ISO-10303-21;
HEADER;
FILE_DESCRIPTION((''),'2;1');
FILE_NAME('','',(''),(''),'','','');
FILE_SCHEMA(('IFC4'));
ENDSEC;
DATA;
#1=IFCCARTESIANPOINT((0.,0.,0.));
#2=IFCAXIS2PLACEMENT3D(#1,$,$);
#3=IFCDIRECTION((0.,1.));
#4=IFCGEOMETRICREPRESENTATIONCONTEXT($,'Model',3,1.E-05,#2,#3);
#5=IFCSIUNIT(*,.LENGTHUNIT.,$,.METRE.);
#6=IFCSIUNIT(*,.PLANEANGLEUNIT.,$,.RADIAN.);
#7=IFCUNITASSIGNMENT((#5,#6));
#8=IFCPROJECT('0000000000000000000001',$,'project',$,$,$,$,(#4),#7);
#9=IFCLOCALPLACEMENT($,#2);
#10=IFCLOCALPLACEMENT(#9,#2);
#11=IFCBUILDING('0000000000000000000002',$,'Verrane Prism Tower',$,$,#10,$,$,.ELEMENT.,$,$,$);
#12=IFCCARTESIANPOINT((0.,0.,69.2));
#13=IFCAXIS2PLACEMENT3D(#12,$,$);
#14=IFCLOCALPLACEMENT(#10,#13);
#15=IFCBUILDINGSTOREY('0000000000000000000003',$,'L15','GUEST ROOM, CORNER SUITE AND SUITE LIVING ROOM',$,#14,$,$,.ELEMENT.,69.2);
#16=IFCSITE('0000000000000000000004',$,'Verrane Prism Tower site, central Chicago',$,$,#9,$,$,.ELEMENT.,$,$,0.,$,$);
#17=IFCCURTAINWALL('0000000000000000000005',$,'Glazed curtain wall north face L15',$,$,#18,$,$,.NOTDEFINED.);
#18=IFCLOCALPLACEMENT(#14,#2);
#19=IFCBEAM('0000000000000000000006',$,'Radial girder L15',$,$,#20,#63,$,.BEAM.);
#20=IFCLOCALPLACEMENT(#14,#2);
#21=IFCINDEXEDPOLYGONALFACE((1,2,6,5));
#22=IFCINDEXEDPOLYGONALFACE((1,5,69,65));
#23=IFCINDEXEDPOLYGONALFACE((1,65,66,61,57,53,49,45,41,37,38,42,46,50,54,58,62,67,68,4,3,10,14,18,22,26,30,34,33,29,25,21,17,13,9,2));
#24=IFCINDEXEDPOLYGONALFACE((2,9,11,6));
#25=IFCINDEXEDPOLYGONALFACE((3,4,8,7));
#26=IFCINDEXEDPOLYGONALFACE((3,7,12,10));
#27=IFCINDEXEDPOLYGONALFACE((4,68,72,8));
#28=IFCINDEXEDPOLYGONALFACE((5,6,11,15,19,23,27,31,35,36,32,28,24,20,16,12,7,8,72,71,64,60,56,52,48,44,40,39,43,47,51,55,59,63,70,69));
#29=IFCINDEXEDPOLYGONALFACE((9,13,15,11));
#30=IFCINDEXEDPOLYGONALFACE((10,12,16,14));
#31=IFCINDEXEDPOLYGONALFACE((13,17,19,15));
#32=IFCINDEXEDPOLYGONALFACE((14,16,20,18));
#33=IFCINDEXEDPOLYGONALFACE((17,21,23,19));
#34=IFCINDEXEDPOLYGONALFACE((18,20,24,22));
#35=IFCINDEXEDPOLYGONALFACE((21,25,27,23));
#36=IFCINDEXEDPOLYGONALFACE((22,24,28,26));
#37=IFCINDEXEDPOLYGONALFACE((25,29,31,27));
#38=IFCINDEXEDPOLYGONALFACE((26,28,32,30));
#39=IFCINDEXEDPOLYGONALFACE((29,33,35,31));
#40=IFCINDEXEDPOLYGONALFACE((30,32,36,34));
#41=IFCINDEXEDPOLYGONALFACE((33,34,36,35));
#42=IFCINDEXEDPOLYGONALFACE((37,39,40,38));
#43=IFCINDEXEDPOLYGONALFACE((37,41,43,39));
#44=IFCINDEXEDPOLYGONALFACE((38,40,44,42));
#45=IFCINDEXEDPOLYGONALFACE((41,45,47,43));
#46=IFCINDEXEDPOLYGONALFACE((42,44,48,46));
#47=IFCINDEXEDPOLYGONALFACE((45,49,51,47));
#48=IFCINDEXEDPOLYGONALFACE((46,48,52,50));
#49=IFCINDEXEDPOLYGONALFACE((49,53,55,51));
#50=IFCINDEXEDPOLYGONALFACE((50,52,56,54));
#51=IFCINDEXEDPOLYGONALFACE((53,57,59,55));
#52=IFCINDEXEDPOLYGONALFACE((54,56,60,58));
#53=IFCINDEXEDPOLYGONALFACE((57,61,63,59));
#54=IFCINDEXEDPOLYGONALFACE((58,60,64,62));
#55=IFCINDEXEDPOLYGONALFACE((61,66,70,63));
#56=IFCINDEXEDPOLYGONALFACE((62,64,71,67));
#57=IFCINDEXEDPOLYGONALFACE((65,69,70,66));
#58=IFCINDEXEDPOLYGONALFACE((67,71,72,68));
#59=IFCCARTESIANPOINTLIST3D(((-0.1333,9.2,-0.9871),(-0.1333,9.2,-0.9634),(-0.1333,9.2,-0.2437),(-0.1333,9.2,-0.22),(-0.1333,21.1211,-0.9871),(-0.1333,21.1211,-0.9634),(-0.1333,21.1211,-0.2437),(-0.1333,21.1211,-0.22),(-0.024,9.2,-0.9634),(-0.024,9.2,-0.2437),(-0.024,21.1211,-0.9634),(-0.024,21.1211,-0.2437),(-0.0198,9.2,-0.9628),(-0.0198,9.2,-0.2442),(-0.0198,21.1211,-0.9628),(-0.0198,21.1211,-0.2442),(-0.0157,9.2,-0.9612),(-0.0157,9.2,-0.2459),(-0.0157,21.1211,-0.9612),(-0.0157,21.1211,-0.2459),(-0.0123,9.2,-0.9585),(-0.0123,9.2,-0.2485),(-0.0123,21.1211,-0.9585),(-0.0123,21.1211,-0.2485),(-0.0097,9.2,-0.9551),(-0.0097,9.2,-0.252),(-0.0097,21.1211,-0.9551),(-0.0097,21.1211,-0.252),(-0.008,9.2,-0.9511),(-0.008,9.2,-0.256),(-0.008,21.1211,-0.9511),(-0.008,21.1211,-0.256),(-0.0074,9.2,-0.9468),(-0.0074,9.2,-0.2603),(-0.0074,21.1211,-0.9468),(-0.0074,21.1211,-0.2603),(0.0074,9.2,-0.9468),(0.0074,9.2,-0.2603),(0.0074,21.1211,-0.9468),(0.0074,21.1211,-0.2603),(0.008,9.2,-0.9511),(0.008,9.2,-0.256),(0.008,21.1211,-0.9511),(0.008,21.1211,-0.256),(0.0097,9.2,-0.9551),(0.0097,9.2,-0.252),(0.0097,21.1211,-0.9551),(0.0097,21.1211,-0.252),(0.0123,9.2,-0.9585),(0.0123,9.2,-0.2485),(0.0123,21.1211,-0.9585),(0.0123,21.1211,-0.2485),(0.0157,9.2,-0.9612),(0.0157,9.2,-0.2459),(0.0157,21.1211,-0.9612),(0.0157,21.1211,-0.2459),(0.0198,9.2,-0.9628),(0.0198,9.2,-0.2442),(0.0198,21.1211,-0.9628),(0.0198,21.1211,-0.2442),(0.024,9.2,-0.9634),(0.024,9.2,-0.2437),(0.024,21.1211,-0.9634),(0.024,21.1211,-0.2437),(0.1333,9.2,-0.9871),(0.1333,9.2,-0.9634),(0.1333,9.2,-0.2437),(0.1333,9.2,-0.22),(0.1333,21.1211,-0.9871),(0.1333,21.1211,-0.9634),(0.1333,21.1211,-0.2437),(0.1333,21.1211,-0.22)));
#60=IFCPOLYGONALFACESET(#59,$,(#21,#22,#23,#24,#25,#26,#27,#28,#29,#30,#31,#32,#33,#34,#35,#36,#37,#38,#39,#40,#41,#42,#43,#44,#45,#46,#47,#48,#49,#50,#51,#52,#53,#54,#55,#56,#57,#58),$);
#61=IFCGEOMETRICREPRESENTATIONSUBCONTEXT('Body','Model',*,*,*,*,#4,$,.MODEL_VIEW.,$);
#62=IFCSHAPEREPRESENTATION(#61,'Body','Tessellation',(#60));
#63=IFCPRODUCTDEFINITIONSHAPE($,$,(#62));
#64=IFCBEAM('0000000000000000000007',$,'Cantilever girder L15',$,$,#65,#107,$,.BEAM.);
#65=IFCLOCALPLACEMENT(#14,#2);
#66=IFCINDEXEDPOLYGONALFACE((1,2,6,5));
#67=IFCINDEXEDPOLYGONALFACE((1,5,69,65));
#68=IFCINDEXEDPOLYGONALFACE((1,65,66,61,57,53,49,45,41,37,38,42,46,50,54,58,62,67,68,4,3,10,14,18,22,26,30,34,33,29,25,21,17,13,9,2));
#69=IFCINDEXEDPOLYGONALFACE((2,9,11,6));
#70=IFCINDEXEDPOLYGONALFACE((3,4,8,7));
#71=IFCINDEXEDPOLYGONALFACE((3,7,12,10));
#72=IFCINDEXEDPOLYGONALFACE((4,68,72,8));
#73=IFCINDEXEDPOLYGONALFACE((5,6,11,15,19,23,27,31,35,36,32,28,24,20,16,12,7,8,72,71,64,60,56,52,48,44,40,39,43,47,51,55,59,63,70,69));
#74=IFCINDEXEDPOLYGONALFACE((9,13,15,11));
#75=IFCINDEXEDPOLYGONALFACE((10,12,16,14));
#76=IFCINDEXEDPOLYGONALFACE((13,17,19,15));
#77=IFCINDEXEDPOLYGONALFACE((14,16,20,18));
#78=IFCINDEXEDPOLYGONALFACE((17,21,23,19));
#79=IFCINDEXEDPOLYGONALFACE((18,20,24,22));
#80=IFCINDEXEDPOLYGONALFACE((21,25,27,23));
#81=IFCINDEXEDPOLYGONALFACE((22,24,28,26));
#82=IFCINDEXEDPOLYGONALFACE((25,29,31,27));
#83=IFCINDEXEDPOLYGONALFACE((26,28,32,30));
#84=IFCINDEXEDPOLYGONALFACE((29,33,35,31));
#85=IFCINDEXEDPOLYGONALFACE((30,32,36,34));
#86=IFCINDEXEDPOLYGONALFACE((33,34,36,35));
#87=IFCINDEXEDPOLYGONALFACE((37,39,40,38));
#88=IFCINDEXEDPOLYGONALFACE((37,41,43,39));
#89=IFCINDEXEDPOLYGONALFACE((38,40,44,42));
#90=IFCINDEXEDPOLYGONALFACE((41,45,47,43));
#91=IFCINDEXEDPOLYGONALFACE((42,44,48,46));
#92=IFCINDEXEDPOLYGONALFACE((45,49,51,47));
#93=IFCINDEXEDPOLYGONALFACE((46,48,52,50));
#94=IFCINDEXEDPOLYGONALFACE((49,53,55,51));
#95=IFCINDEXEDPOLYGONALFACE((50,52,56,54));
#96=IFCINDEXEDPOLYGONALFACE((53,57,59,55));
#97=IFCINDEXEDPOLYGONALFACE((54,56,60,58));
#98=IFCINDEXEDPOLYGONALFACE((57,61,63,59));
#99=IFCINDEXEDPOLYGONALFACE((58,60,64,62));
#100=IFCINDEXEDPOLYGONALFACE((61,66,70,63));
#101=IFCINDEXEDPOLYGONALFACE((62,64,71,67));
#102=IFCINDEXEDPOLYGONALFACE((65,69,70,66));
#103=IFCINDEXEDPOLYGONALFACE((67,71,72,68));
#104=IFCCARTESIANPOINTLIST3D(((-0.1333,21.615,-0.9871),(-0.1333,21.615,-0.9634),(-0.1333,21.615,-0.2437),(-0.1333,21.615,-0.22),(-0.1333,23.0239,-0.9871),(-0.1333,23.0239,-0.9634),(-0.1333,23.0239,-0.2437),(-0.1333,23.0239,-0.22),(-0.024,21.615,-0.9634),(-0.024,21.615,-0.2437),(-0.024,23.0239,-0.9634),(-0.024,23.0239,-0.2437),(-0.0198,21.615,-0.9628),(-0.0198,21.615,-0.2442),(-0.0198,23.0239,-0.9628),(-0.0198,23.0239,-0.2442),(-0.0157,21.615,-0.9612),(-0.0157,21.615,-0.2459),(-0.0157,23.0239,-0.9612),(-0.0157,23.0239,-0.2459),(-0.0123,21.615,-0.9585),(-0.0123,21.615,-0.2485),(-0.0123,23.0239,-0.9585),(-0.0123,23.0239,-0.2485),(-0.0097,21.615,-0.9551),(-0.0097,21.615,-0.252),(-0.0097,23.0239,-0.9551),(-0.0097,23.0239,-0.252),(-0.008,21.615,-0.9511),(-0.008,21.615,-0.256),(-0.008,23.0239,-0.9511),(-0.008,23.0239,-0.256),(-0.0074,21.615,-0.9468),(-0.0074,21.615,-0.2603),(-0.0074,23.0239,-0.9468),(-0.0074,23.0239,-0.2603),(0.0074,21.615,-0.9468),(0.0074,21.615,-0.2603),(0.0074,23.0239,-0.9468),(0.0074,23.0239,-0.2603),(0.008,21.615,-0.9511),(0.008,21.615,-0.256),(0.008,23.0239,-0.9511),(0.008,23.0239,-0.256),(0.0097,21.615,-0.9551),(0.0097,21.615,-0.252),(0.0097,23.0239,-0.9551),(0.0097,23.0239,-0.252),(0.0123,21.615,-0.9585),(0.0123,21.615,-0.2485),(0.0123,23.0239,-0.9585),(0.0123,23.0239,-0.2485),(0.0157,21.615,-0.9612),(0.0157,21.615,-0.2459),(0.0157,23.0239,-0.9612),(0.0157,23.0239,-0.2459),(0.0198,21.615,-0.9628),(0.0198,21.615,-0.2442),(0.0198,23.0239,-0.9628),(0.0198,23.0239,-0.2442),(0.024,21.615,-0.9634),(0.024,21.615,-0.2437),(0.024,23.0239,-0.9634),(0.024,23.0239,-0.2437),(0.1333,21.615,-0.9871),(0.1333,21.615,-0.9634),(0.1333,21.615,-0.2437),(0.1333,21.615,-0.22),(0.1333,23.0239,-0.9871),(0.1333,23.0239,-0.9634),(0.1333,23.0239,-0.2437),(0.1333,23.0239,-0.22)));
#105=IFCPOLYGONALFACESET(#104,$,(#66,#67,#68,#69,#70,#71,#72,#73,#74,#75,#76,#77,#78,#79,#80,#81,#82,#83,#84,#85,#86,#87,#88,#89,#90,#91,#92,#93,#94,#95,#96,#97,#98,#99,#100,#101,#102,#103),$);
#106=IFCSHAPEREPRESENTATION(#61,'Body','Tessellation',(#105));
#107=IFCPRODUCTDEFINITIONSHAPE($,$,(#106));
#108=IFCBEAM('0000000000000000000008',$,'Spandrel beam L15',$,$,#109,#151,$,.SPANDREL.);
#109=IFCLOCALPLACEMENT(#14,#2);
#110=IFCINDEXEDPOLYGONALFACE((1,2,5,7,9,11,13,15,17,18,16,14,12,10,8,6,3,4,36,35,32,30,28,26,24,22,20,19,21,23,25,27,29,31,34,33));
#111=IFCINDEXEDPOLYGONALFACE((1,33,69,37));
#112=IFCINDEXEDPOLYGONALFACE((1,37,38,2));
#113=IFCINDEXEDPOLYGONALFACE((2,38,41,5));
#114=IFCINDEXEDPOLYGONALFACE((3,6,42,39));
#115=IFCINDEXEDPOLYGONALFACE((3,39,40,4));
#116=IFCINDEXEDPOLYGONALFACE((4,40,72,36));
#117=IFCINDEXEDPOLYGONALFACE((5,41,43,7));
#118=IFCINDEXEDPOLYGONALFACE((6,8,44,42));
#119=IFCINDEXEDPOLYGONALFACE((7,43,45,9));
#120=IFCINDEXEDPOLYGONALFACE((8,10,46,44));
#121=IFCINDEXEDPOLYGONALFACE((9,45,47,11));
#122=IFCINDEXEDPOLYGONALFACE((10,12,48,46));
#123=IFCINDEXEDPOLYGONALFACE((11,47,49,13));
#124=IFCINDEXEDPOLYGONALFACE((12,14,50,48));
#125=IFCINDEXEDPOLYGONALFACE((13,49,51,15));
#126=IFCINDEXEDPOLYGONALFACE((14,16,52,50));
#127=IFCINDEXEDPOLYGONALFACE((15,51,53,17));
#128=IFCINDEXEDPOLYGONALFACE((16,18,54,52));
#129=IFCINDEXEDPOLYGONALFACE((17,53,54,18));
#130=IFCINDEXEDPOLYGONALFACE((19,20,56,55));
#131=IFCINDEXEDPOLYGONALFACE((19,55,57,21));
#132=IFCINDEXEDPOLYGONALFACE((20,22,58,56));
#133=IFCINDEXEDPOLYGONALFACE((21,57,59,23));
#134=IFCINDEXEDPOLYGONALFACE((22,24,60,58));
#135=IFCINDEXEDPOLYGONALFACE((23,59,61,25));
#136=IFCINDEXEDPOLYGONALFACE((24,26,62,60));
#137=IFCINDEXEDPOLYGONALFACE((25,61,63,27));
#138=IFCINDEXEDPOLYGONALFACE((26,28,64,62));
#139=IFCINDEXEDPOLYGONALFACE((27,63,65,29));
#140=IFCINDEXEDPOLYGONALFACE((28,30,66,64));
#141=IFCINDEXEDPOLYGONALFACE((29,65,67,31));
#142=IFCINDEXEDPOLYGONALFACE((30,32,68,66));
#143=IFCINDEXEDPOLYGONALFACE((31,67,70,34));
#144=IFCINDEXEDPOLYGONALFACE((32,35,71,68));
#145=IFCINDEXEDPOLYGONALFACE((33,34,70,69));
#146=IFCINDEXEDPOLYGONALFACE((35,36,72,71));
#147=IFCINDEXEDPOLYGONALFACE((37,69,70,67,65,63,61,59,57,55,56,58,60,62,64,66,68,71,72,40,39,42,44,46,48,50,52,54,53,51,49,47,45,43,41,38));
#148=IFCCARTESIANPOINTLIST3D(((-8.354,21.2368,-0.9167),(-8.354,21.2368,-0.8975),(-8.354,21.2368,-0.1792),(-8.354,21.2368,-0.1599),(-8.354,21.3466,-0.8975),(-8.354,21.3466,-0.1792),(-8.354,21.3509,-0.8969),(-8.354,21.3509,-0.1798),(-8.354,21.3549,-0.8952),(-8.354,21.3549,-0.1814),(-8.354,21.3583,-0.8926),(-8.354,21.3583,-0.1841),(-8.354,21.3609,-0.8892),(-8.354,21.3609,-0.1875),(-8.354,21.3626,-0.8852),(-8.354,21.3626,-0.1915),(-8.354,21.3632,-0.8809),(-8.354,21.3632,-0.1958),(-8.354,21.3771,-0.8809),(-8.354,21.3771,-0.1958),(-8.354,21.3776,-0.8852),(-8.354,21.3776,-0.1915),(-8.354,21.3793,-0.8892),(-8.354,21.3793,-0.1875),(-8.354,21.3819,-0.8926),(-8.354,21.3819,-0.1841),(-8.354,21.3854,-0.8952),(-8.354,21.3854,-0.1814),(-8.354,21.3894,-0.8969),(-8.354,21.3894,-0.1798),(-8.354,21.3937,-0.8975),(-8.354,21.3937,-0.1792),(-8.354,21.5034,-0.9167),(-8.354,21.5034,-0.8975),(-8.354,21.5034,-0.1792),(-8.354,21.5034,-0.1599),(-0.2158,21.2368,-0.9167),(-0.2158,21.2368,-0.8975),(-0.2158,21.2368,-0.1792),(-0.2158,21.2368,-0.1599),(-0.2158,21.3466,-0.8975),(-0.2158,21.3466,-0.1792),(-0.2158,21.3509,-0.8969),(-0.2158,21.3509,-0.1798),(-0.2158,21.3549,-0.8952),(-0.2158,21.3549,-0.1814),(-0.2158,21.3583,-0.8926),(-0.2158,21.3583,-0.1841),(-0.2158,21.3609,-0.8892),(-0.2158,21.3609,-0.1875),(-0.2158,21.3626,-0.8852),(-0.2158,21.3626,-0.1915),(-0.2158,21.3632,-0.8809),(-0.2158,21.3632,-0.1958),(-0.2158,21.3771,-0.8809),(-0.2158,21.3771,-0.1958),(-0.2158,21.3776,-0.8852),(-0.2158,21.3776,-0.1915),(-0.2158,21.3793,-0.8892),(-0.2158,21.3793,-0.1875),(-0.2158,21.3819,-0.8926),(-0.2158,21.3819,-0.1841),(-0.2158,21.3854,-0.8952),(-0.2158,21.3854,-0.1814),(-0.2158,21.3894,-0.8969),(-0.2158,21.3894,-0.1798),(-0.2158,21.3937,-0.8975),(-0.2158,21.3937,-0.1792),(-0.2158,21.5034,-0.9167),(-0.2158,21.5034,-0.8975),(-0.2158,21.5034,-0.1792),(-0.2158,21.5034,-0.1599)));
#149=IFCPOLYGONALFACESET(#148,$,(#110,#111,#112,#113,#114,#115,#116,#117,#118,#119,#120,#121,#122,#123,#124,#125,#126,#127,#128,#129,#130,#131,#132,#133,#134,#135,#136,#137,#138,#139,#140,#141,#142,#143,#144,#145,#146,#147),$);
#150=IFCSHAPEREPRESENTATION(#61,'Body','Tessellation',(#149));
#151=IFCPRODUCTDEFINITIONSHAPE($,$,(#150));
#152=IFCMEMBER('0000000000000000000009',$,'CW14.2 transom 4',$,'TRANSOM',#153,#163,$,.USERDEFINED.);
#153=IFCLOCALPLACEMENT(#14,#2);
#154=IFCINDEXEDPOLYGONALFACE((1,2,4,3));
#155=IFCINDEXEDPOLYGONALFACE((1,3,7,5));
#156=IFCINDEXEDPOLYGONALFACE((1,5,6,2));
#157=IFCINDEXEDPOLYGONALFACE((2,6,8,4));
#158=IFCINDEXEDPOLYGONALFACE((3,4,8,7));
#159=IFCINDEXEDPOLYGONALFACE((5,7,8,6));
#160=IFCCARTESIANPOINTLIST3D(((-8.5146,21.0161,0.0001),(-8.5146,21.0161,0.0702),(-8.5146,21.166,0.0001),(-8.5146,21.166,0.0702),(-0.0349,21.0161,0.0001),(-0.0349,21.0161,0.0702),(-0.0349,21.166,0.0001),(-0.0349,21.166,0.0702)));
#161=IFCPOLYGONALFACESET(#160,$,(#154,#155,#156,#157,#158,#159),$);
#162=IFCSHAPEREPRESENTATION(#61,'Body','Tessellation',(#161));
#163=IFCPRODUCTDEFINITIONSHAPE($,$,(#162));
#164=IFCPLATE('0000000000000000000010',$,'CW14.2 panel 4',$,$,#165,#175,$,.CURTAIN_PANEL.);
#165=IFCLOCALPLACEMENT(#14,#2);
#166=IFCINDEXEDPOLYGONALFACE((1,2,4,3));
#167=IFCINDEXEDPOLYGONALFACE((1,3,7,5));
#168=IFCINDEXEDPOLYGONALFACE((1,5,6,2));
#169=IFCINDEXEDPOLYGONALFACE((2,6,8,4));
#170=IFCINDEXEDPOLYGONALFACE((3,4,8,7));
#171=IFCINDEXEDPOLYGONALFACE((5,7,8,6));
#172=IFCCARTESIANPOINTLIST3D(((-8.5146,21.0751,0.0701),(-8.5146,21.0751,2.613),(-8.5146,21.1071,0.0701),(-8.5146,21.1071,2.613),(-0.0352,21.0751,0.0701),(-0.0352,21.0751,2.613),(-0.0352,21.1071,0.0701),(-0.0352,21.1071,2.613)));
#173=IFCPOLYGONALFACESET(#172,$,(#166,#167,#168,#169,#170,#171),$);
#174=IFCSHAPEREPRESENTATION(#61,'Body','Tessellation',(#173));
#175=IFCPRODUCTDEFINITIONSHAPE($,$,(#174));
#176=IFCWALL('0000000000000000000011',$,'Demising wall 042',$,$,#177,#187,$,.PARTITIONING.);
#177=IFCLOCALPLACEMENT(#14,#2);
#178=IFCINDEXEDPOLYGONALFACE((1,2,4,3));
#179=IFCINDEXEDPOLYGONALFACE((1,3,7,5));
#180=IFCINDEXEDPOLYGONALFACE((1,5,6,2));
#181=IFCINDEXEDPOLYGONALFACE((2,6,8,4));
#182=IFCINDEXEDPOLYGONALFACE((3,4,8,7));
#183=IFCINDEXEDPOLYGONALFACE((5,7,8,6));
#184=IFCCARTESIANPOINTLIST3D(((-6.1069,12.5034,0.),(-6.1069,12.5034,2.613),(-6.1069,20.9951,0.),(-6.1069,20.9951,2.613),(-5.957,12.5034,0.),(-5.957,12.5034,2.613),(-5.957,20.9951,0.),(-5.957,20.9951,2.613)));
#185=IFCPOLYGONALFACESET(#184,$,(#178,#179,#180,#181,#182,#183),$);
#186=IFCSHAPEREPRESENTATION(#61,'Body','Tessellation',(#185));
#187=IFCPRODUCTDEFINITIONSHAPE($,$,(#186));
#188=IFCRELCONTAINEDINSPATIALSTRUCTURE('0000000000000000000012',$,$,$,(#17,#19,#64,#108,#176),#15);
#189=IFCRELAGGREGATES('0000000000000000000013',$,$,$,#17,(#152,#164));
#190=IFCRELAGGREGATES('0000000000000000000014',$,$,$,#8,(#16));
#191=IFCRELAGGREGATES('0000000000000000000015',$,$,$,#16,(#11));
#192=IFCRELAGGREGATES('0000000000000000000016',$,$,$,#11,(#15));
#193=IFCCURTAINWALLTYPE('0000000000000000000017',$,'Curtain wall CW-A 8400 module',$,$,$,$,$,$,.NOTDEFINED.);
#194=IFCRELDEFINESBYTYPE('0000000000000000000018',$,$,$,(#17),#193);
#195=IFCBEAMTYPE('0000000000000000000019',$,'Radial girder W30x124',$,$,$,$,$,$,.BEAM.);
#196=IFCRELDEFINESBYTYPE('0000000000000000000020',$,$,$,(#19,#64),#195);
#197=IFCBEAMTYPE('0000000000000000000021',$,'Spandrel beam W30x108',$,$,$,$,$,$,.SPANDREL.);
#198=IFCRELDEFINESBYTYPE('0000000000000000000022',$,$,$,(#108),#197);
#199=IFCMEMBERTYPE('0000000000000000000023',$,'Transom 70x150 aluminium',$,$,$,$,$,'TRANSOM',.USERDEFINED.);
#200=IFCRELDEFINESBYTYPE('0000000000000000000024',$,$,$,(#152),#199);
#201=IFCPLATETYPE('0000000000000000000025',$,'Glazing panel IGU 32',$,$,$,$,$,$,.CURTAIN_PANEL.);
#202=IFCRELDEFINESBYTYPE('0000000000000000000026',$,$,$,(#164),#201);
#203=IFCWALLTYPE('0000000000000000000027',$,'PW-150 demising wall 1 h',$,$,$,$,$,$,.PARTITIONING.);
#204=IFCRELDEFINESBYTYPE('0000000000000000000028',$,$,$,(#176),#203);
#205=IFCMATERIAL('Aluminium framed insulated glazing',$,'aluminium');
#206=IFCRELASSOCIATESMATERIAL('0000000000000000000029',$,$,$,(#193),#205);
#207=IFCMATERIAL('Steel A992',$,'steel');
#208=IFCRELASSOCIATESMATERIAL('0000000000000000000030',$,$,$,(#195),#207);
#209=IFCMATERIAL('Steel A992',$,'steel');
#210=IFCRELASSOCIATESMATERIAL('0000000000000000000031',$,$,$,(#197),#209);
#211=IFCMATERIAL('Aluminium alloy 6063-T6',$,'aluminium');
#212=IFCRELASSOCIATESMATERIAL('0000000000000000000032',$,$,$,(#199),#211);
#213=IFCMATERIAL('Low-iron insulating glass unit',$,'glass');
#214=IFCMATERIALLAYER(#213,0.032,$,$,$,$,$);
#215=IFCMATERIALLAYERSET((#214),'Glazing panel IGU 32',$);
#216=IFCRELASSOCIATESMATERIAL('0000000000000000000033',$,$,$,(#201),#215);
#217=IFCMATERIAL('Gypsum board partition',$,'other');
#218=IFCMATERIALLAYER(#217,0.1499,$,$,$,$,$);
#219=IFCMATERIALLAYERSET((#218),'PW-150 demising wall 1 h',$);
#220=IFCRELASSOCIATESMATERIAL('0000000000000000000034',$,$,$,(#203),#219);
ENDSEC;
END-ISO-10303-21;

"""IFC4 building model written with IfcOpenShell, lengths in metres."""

from ifc_helpers import new_model, si_unit, direction, frame, frame_2d, origin, origin_2d, place, context, subcontext, project, spatial, rectangle, i_section, extrude, material, layer, layer_set, material_profile, profile_set, type_object, element, aggregate, save


model = new_model("IFC4")

# Units and contexts
model_context = context("Model", 3, precision=1e-05, world=origin(), true_north=direction((0.0, 1.0)))
body_context = subcontext(model_context, "Body", "Model", "MODEL_VIEW")
ifc_project = project(units=[si_unit("LENGTHUNIT", "METRE"), si_unit("PLANEANGLEUNIT", "RADIAN")], contexts=[model_context])

# Site, building, storey
site_placement = place(None, origin())
site = spatial("IfcSite", under=ifc_project, at=site_placement, Name="Verrane Prism Tower site, central Chicago", CompositionType="ELEMENT", RefElevation=0.0)
building_placement = place(site_placement, origin())
building = spatial("IfcBuilding", under=site, at=building_placement, Name="Verrane Prism Tower", CompositionType="ELEMENT")
storey_placement = place(building_placement, frame((0.0, 0.0, 69.2)))
storey = spatial("IfcBuildingStorey", under=building, at=storey_placement, Name="L15", Description="GUEST ROOM, CORNER SUITE AND SUITE LIVING ROOM", CompositionType="ELEMENT", Elevation=69.2)

# Curtain wall
ifc_material_1 = material(Name="Aluminium framed insulated glazing", Category="aluminium")
curtain_wall_type = type_object("IfcCurtainWallType", Name="Curtain wall CW-A 8400 module", PredefinedType="NOTDEFINED", material=ifc_material_1)
curtain_wall_placement = place(storey_placement, origin())
curtain_wall = element("IfcCurtainWall", 1, at=curtain_wall_placement, inside=storey, type_object=curtain_wall_type, Name="Glazed curtain wall north face L15", PredefinedType="NOTDEFINED")

# Beams
ifc_material_2 = material(Name="Steel A992", Category="steel")
ifc_material_profile_1 = material_profile(ifc_material_2, i_section(OverallWidth=0.2666, OverallDepth=0.7671, WebThickness=0.0149, FlangeThickness=0.0237, FilletRadius=0.0166, at=origin_2d()), Name="W30x124")
ifc_profile_set_1 = profile_set([ifc_material_profile_1], Name="Steel A992")
beam_type_1 = type_object("IfcBeamType", Name="Radial girder W30x124", PredefinedType="BEAM", material=ifc_profile_set_1)
beam_1_placement = place(storey_placement, frame((0.0, 21.1211, -0.6035), z_axis=(0.0, -1.0, 0.0), x_axis=(1.0, 0.0, 0.0)))
element("IfcBeam", 2, at=beam_1_placement, inside=storey, type_object=beam_type_1, Name="Radial girder L15", PredefinedType="BEAM", context=body_context, shape_type="SweptSolid", body=[
    extrude(i_section(OverallWidth=0.2666, OverallDepth=0.7671, WebThickness=0.0149, FlangeThickness=0.0237, FilletRadius=0.0166, at=origin_2d()), origin(), (0.0, 0.0, 1.0), 11.9211),
])
beam_2_placement = place(storey_placement, frame((0.0, 21.615, -0.6035), z_axis=(0.0, 1.0, 0.0), x_axis=(-1.0, 0.0, 0.0)))
element("IfcBeam", 3, at=beam_2_placement, inside=storey, type_object=beam_type_1, Name="Cantilever girder L15", PredefinedType="BEAM", context=body_context, shape_type="SweptSolid", body=[
    extrude(i_section(OverallWidth=0.2666, OverallDepth=0.7671, WebThickness=0.0149, FlangeThickness=0.0237, FilletRadius=0.0166, at=origin_2d()), origin(), (0.0, 0.0, 1.0), 1.4089),
])
ifc_material_3 = material(Name="Steel A992", Category="steel")
ifc_material_profile_2 = material_profile(ifc_material_3, i_section(OverallWidth=0.2666, OverallDepth=0.7568, WebThickness=0.0139, FlangeThickness=0.0193, FilletRadius=0.0166, at=origin_2d()), Name="W30x108")
ifc_profile_set_2 = profile_set([ifc_material_profile_2], Name="Steel A992")
beam_type_2 = type_object("IfcBeamType", Name="Spandrel beam W30x108", PredefinedType="SPANDREL", material=ifc_profile_set_2)
beam_3_placement = place(storey_placement, frame((-0.2158, 21.3701, -0.5383), z_axis=(-1.0, 0.0, 0.0), x_axis=(0.0, -1.0, 0.0)))
element("IfcBeam", 4, at=beam_3_placement, inside=storey, type_object=beam_type_2, Name="Spandrel beam L15", PredefinedType="SPANDREL", context=body_context, shape_type="SweptSolid", body=[
    extrude(i_section(OverallWidth=0.2666, OverallDepth=0.7568, WebThickness=0.0139, FlangeThickness=0.0193, FilletRadius=0.0166, at=origin_2d()), origin(), (0.0, 0.0, 1.0), 8.1382),
])

# Member
ifc_material_4 = material(Name="Aluminium alloy 6063-T6", Category="aluminium")
ifc_material_profile_3 = material_profile(ifc_material_4, rectangle(XDim=0.1499, YDim=0.0701, at=origin_2d()), Name="Transom 70x150 aluminium")
ifc_profile_set_3 = profile_set([ifc_material_profile_3], Name="Aluminium alloy 6063-T6")
member_type_1 = type_object("IfcMemberType", Name="Transom 70x150 aluminium", ElementType="TRANSOM", PredefinedType="USERDEFINED", material=ifc_profile_set_3)
member_1_placement = place(storey_placement, frame((-0.0349, 21.0911, 0.0352), z_axis=(-1.0, 0.0, 0.0), x_axis=(0.0, -1.0, 0.0)))
member_1 = element("IfcMember", 5, at=member_1_placement, type_object=member_type_1, Name="CW14.2 transom 4", ObjectType="TRANSOM", PredefinedType="USERDEFINED", context=body_context, shape_type="SweptSolid", body=[
    extrude(rectangle(XDim=0.1499, YDim=0.0701, at=origin_2d()), origin(), (0.0, 0.0, 1.0), 8.4797),
])

# Plate
ifc_material_5 = material(Name="Low-iron insulating glass unit", Category="glass")
ifc_layer_1 = layer(ifc_material_5, 0.032)
ifc_layer_set_1 = layer_set([ifc_layer_1], Name="Glazing panel IGU 32")
plate_type = type_object("IfcPlateType", Name="Glazing panel IGU 32", PredefinedType="CURTAIN_PANEL", material=ifc_layer_set_1)
plate_placement = place(storey_placement, frame((-4.2749, 21.0911, 0.0701), z_axis=(0.0, 0.0, 1.0), x_axis=(-1.0, 0.0, 0.0)))
plate = element("IfcPlate", 6, at=plate_placement, type_object=plate_type, Name="CW14.2 panel 4", PredefinedType="CURTAIN_PANEL", context=body_context, shape_type="SweptSolid", body=[
    extrude(rectangle(XDim=8.4795, YDim=0.032, at=origin_2d()), origin(), (0.0, 0.0, 1.0), 2.543),
])
aggregate(curtain_wall, [member_1, plate])

# Wall
ifc_material_6 = material(Name="Gypsum board partition", Category="other")
ifc_layer_2 = layer(ifc_material_6, 0.1499)
ifc_layer_set_2 = layer_set([ifc_layer_2], Name="PW-150 demising wall 1 h")
wall_type_1 = type_object("IfcWallType", Name="PW-150 demising wall 1 h", PredefinedType="PARTITIONING", material=ifc_layer_set_2)
for number, where, z_axis, x_axis, name in (
    (7, (-6.032, 12.5034, 0.0), (0.0, 0.0, 1.0), (0.0, 1.0, 0.0), "Demising wall 042"),
):
    element("IfcWall", number, at=place(storey_placement, frame(where, z_axis=z_axis, x_axis=x_axis)), inside=storey, type_object=wall_type_1, Name=name, PredefinedType="PARTITIONING", context=body_context, shape_type="SweptSolid", body=[
        extrude(rectangle(XDim=8.4917, YDim=0.1499, at=frame_2d((4.2458, 0.0))), origin(), (0.0, 0.0, 1.0), 2.613),
    ])

save(model, "model.ifc")
